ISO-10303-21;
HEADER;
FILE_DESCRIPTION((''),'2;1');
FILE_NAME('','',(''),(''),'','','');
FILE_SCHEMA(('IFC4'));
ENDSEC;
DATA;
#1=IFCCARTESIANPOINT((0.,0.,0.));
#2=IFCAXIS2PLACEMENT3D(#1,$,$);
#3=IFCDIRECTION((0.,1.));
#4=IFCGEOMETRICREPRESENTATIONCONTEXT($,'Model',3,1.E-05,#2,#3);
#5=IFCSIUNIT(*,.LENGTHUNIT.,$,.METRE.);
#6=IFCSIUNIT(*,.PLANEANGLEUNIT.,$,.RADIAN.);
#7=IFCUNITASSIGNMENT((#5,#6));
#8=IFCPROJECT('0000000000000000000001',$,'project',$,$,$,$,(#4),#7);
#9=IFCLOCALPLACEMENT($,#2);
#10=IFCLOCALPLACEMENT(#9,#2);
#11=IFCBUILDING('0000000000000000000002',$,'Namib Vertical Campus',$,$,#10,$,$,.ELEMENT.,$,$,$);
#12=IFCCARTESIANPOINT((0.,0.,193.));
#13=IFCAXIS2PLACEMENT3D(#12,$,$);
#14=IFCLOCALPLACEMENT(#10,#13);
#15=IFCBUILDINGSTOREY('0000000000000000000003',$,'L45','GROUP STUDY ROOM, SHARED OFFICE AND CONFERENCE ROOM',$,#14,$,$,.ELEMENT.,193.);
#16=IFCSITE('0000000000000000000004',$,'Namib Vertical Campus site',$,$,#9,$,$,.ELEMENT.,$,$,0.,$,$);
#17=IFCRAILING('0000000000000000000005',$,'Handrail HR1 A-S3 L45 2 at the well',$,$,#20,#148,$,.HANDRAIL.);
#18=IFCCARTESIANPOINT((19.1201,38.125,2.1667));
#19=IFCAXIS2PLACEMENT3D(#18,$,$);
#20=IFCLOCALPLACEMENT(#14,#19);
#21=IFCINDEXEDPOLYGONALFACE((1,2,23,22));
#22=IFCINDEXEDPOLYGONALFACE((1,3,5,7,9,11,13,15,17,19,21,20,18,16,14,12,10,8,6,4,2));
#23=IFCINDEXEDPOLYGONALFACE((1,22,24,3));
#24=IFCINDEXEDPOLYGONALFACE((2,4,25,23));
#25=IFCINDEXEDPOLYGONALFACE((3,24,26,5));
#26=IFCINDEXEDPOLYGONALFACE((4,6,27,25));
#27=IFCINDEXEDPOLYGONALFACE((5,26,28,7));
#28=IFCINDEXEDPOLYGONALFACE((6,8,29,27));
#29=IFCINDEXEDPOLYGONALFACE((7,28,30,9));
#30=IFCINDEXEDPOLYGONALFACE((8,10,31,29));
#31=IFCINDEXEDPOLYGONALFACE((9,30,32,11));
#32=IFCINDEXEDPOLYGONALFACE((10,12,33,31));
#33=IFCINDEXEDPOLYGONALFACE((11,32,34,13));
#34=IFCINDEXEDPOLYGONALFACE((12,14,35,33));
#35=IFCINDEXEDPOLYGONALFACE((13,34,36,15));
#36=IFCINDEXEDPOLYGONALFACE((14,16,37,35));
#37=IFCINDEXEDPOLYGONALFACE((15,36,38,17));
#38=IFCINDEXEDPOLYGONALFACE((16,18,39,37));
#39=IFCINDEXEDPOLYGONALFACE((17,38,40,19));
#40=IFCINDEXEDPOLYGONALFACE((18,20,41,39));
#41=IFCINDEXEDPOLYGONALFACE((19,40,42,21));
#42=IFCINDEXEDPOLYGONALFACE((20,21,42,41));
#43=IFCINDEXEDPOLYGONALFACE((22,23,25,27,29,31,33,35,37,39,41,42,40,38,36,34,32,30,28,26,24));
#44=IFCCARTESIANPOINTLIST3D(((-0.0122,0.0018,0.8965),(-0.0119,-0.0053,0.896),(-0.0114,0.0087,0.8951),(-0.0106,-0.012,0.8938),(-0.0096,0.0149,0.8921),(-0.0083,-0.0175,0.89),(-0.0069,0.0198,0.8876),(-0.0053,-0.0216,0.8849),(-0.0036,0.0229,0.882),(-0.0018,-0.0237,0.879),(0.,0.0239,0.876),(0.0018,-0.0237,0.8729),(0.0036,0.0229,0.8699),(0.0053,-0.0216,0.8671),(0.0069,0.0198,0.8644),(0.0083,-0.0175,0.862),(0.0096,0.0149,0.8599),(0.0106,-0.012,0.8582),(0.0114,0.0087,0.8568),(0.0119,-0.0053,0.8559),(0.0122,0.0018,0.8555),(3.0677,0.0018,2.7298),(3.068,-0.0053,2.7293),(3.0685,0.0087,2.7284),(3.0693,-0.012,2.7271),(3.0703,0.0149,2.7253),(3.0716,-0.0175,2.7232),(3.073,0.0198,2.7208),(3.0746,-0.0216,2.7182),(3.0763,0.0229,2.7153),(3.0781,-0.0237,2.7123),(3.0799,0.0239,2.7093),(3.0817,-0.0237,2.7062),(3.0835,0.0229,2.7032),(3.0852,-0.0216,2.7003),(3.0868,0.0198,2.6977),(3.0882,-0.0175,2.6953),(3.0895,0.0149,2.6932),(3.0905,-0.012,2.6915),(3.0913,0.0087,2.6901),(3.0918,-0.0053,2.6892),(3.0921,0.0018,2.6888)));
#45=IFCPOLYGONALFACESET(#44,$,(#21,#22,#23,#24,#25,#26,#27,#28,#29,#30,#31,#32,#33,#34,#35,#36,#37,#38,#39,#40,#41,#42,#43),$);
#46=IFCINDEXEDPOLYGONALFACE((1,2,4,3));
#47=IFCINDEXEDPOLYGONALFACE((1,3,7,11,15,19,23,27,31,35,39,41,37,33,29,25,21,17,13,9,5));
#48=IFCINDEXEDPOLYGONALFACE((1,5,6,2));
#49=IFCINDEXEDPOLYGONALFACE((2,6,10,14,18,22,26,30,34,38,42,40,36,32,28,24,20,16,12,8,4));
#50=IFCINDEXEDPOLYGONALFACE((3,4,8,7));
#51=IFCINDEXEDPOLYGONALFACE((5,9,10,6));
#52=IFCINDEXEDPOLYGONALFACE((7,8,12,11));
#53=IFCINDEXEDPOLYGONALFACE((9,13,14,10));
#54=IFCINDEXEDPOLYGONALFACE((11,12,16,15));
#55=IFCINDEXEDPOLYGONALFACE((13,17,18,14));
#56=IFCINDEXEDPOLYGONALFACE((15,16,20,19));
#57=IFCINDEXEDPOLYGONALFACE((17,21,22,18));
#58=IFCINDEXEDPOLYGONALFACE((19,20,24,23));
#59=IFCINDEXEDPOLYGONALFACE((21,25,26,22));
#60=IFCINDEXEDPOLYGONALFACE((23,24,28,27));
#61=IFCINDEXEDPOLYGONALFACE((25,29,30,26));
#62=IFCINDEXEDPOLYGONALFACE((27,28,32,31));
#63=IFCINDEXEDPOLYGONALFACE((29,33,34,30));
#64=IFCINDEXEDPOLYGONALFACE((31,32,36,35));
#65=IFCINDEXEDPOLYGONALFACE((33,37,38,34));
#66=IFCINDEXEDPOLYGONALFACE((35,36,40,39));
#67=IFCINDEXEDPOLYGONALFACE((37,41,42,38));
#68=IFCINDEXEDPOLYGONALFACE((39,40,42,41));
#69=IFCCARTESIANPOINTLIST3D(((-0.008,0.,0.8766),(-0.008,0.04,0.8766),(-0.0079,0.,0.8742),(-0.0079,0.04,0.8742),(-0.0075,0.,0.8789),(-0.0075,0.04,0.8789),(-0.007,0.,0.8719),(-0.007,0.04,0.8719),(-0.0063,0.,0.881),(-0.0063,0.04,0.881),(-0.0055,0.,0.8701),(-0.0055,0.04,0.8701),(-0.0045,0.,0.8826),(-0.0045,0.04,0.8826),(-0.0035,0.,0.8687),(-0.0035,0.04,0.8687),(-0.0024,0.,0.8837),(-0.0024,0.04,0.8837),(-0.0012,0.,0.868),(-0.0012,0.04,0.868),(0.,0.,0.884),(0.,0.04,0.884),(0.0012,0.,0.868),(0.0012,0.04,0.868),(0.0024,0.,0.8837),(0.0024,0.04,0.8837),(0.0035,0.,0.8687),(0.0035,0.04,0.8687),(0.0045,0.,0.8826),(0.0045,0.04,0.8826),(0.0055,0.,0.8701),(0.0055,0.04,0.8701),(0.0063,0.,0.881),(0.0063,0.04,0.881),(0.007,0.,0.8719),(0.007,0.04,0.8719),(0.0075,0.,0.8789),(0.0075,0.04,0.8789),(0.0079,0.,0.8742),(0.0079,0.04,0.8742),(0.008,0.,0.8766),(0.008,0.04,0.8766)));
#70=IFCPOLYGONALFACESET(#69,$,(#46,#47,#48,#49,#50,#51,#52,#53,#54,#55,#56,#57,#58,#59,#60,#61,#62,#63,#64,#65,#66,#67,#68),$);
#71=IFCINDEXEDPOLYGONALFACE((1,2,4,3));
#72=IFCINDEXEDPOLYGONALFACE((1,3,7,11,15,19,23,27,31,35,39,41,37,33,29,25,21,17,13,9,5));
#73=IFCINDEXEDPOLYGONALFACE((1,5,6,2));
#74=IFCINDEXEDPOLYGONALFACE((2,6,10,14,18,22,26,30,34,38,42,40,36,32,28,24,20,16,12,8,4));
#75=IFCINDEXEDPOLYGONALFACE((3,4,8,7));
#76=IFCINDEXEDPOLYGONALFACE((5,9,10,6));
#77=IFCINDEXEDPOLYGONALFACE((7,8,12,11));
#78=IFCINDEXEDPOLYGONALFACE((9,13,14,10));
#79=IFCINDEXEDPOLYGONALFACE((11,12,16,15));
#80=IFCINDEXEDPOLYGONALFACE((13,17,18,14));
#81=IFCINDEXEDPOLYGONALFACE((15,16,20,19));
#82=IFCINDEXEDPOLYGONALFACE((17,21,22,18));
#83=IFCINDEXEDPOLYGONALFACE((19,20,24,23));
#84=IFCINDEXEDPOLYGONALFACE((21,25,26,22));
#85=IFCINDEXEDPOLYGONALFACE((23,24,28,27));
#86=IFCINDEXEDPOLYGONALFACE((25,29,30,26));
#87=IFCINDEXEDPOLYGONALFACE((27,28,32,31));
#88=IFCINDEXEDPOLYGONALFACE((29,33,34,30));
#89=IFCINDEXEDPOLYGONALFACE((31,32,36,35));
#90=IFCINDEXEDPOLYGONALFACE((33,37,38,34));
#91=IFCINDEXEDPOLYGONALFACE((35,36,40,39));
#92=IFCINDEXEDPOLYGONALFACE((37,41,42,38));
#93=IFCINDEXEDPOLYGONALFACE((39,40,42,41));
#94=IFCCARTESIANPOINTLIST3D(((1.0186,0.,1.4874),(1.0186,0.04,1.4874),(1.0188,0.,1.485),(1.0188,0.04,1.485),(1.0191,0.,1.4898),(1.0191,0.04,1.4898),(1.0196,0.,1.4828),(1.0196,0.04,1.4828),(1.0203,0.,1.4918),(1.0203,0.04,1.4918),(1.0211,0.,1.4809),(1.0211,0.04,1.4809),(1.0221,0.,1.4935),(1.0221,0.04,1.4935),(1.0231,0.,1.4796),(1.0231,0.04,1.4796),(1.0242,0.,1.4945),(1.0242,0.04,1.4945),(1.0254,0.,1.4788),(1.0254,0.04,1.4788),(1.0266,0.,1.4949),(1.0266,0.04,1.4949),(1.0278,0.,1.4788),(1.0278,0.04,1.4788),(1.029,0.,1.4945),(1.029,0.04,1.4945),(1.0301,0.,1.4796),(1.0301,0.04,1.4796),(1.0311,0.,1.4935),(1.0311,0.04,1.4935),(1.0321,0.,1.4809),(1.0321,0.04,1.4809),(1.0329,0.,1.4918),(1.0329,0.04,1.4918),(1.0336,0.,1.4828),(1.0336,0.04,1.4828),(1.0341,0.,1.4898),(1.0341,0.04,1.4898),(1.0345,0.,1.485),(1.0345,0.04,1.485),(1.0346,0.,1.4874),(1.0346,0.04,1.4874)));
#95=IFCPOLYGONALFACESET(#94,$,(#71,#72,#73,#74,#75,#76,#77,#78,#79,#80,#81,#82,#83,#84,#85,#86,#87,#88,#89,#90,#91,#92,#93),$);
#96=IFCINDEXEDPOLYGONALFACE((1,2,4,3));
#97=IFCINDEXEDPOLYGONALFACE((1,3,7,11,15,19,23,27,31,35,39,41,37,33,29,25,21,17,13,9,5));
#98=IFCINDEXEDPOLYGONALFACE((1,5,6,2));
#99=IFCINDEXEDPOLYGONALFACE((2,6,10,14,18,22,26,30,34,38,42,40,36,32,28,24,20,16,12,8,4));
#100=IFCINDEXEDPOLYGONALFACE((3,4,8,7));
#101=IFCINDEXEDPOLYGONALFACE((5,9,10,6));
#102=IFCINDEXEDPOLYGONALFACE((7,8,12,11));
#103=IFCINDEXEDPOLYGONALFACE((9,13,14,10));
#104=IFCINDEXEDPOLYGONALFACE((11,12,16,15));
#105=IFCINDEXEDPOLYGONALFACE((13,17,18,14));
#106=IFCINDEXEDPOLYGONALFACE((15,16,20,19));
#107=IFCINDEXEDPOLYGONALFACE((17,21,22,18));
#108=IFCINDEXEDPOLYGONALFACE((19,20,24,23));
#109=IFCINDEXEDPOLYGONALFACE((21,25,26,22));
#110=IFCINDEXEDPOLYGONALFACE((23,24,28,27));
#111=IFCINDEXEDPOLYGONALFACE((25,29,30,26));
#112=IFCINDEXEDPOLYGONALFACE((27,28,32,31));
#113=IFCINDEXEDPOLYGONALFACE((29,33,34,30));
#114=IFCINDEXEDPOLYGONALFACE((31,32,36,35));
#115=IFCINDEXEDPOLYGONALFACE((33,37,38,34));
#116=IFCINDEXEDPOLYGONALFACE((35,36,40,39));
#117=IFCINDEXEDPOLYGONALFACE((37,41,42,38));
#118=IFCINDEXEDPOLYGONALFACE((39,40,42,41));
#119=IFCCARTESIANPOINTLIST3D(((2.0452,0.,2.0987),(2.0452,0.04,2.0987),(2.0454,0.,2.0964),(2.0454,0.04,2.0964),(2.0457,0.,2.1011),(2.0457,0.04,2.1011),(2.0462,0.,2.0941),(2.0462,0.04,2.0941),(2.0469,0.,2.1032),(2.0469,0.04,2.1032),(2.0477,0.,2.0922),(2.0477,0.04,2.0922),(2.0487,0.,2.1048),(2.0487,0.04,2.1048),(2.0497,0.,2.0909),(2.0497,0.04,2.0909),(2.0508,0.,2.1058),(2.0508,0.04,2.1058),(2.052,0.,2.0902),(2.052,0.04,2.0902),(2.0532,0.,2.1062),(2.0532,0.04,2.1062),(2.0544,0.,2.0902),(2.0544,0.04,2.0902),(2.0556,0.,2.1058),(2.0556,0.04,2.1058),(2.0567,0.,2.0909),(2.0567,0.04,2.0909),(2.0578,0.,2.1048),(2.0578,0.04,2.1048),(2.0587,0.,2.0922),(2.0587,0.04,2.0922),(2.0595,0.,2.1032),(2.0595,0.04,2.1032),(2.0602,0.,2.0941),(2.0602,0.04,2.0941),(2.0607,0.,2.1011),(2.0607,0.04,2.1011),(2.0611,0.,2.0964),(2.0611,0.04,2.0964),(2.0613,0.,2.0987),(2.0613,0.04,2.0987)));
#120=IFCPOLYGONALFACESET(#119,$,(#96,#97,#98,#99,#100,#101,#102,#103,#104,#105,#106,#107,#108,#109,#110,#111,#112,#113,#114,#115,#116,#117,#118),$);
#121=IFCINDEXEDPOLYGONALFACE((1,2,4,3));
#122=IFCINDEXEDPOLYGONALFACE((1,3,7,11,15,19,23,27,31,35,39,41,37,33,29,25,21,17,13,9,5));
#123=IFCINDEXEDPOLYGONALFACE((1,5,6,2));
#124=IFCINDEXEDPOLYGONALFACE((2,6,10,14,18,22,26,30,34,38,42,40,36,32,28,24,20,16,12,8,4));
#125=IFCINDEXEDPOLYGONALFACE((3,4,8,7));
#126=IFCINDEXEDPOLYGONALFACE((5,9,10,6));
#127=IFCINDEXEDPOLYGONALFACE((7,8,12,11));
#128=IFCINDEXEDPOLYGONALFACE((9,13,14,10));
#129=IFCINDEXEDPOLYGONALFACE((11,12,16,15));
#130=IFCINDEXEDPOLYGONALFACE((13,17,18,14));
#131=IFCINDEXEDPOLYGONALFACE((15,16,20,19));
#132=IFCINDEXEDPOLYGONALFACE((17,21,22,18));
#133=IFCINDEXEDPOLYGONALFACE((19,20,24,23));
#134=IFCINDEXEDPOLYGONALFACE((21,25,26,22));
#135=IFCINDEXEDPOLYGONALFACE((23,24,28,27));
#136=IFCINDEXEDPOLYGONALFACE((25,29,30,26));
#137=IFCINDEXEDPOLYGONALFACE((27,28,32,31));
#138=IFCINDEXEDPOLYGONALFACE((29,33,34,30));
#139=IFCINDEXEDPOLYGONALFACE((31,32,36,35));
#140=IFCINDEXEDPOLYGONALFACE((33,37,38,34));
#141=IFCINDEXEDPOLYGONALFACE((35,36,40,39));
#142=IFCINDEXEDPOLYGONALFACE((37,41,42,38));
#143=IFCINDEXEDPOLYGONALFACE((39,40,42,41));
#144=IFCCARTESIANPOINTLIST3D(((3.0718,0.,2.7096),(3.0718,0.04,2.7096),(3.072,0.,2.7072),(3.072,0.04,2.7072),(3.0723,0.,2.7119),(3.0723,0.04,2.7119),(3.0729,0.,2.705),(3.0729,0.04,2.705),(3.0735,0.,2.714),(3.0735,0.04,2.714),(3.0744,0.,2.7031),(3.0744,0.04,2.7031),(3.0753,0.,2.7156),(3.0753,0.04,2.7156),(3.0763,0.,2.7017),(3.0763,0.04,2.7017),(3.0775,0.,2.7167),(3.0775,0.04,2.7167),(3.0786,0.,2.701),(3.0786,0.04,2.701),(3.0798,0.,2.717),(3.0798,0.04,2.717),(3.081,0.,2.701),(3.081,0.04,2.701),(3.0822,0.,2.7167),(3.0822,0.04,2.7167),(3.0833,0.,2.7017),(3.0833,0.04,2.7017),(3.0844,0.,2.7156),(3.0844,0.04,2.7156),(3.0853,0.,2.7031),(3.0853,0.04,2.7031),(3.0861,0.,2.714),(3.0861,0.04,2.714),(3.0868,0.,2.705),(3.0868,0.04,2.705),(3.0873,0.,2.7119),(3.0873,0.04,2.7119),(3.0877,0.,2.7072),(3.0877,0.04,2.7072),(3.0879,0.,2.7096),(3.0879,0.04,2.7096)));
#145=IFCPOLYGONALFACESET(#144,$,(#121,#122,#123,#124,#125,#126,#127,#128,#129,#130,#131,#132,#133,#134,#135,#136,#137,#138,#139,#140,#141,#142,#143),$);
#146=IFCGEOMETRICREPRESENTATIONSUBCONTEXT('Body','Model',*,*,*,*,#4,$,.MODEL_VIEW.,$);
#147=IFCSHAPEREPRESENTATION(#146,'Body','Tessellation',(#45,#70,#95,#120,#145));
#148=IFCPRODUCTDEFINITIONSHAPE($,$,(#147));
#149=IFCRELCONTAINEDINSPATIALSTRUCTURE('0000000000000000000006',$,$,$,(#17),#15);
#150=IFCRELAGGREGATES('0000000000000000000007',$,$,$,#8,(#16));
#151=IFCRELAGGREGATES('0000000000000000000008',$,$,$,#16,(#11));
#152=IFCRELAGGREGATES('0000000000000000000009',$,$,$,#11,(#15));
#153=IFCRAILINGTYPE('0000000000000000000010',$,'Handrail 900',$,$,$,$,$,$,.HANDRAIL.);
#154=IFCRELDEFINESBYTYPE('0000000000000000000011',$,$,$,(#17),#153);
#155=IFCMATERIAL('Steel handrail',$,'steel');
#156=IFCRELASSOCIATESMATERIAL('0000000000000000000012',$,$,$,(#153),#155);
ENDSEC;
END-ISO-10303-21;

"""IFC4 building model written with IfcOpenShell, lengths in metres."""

from ifc_helpers import new_model, si_unit, direction, frame, origin, origin_2d, place, context, subcontext, project, spatial, circle, extrude, material, type_object, element, save


model = new_model("IFC4")

# Units and contexts
model_context = context("Model", 3, precision=1e-05, world=origin(), true_north=direction((0.0, 1.0)))
body_context = subcontext(model_context, "Body", "Model", "MODEL_VIEW")
ifc_project = project(units=[si_unit("LENGTHUNIT", "METRE"), si_unit("PLANEANGLEUNIT", "RADIAN")], contexts=[model_context])

# Site, building, storey
site_placement = place(None, origin())
site = spatial("IfcSite", under=ifc_project, at=site_placement, Name="Namib Vertical Campus site", CompositionType="ELEMENT", RefElevation=0.0)
building_placement = place(site_placement, origin())
building = spatial("IfcBuilding", under=site, at=building_placement, Name="Namib Vertical Campus", CompositionType="ELEMENT")
storey_placement = place(building_placement, frame((0.0, 0.0, 193.0)))
storey = spatial("IfcBuildingStorey", under=building, at=storey_placement, Name="L45", Description="GROUP STUDY ROOM, SHARED OFFICE AND CONFERENCE ROOM", CompositionType="ELEMENT", Elevation=193.0)

# Railing
ifc_material_1 = material(Name="Steel handrail", Category="steel")
railing_type_1 = type_object("IfcRailingType", Name="Handrail 900", PredefinedType="HANDRAIL", material=ifc_material_1)
railing_1_placement = place(storey_placement, frame((19.1201, 38.125, 2.1667)))
element("IfcRailing", 1, at=railing_1_placement, inside=storey, type_object=railing_type_1, Name="Handrail HR1 A-S3 L45 2 at the well", PredefinedType="HANDRAIL", context=body_context, shape_type="SweptSolid", body=[
    extrude(circle(Radius=0.0239, at=origin_2d()), frame((0.0, 0.0, 0.876), z_axis=(0.859291, 0.0, 0.511487), x_axis=(0.0, 1.0, 0.0)), (0.0, 0.0, 1.0), 3.5842),
    extrude(circle(Radius=0.0081, at=origin_2d()), frame((0.0, 0.0, 0.876), z_axis=(0.0, 1.0, 0.0), x_axis=(0.0, 0.0, 1.0)), (0.0, 0.0, 1.0), 0.04),
    extrude(circle(Radius=0.0081, at=origin_2d()), frame((1.0266, 0.0, 1.4868), z_axis=(0.0, 1.0, 0.0), x_axis=(0.0, 0.0, 1.0)), (0.0, 0.0, 1.0), 0.04),
    extrude(circle(Radius=0.0081, at=origin_2d()), frame((2.0532, 0.0, 2.0981), z_axis=(0.0, 1.0, 0.0), x_axis=(0.0, 0.0, 1.0)), (0.0, 0.0, 1.0), 0.04),
    extrude(circle(Radius=0.0081, at=origin_2d()), frame((3.0798, 0.0, 2.709), z_axis=(0.0, 1.0, 0.0), x_axis=(0.0, 0.0, 1.0)), (0.0, 0.0, 1.0), 0.04),
])

save(model, "model.ifc")
